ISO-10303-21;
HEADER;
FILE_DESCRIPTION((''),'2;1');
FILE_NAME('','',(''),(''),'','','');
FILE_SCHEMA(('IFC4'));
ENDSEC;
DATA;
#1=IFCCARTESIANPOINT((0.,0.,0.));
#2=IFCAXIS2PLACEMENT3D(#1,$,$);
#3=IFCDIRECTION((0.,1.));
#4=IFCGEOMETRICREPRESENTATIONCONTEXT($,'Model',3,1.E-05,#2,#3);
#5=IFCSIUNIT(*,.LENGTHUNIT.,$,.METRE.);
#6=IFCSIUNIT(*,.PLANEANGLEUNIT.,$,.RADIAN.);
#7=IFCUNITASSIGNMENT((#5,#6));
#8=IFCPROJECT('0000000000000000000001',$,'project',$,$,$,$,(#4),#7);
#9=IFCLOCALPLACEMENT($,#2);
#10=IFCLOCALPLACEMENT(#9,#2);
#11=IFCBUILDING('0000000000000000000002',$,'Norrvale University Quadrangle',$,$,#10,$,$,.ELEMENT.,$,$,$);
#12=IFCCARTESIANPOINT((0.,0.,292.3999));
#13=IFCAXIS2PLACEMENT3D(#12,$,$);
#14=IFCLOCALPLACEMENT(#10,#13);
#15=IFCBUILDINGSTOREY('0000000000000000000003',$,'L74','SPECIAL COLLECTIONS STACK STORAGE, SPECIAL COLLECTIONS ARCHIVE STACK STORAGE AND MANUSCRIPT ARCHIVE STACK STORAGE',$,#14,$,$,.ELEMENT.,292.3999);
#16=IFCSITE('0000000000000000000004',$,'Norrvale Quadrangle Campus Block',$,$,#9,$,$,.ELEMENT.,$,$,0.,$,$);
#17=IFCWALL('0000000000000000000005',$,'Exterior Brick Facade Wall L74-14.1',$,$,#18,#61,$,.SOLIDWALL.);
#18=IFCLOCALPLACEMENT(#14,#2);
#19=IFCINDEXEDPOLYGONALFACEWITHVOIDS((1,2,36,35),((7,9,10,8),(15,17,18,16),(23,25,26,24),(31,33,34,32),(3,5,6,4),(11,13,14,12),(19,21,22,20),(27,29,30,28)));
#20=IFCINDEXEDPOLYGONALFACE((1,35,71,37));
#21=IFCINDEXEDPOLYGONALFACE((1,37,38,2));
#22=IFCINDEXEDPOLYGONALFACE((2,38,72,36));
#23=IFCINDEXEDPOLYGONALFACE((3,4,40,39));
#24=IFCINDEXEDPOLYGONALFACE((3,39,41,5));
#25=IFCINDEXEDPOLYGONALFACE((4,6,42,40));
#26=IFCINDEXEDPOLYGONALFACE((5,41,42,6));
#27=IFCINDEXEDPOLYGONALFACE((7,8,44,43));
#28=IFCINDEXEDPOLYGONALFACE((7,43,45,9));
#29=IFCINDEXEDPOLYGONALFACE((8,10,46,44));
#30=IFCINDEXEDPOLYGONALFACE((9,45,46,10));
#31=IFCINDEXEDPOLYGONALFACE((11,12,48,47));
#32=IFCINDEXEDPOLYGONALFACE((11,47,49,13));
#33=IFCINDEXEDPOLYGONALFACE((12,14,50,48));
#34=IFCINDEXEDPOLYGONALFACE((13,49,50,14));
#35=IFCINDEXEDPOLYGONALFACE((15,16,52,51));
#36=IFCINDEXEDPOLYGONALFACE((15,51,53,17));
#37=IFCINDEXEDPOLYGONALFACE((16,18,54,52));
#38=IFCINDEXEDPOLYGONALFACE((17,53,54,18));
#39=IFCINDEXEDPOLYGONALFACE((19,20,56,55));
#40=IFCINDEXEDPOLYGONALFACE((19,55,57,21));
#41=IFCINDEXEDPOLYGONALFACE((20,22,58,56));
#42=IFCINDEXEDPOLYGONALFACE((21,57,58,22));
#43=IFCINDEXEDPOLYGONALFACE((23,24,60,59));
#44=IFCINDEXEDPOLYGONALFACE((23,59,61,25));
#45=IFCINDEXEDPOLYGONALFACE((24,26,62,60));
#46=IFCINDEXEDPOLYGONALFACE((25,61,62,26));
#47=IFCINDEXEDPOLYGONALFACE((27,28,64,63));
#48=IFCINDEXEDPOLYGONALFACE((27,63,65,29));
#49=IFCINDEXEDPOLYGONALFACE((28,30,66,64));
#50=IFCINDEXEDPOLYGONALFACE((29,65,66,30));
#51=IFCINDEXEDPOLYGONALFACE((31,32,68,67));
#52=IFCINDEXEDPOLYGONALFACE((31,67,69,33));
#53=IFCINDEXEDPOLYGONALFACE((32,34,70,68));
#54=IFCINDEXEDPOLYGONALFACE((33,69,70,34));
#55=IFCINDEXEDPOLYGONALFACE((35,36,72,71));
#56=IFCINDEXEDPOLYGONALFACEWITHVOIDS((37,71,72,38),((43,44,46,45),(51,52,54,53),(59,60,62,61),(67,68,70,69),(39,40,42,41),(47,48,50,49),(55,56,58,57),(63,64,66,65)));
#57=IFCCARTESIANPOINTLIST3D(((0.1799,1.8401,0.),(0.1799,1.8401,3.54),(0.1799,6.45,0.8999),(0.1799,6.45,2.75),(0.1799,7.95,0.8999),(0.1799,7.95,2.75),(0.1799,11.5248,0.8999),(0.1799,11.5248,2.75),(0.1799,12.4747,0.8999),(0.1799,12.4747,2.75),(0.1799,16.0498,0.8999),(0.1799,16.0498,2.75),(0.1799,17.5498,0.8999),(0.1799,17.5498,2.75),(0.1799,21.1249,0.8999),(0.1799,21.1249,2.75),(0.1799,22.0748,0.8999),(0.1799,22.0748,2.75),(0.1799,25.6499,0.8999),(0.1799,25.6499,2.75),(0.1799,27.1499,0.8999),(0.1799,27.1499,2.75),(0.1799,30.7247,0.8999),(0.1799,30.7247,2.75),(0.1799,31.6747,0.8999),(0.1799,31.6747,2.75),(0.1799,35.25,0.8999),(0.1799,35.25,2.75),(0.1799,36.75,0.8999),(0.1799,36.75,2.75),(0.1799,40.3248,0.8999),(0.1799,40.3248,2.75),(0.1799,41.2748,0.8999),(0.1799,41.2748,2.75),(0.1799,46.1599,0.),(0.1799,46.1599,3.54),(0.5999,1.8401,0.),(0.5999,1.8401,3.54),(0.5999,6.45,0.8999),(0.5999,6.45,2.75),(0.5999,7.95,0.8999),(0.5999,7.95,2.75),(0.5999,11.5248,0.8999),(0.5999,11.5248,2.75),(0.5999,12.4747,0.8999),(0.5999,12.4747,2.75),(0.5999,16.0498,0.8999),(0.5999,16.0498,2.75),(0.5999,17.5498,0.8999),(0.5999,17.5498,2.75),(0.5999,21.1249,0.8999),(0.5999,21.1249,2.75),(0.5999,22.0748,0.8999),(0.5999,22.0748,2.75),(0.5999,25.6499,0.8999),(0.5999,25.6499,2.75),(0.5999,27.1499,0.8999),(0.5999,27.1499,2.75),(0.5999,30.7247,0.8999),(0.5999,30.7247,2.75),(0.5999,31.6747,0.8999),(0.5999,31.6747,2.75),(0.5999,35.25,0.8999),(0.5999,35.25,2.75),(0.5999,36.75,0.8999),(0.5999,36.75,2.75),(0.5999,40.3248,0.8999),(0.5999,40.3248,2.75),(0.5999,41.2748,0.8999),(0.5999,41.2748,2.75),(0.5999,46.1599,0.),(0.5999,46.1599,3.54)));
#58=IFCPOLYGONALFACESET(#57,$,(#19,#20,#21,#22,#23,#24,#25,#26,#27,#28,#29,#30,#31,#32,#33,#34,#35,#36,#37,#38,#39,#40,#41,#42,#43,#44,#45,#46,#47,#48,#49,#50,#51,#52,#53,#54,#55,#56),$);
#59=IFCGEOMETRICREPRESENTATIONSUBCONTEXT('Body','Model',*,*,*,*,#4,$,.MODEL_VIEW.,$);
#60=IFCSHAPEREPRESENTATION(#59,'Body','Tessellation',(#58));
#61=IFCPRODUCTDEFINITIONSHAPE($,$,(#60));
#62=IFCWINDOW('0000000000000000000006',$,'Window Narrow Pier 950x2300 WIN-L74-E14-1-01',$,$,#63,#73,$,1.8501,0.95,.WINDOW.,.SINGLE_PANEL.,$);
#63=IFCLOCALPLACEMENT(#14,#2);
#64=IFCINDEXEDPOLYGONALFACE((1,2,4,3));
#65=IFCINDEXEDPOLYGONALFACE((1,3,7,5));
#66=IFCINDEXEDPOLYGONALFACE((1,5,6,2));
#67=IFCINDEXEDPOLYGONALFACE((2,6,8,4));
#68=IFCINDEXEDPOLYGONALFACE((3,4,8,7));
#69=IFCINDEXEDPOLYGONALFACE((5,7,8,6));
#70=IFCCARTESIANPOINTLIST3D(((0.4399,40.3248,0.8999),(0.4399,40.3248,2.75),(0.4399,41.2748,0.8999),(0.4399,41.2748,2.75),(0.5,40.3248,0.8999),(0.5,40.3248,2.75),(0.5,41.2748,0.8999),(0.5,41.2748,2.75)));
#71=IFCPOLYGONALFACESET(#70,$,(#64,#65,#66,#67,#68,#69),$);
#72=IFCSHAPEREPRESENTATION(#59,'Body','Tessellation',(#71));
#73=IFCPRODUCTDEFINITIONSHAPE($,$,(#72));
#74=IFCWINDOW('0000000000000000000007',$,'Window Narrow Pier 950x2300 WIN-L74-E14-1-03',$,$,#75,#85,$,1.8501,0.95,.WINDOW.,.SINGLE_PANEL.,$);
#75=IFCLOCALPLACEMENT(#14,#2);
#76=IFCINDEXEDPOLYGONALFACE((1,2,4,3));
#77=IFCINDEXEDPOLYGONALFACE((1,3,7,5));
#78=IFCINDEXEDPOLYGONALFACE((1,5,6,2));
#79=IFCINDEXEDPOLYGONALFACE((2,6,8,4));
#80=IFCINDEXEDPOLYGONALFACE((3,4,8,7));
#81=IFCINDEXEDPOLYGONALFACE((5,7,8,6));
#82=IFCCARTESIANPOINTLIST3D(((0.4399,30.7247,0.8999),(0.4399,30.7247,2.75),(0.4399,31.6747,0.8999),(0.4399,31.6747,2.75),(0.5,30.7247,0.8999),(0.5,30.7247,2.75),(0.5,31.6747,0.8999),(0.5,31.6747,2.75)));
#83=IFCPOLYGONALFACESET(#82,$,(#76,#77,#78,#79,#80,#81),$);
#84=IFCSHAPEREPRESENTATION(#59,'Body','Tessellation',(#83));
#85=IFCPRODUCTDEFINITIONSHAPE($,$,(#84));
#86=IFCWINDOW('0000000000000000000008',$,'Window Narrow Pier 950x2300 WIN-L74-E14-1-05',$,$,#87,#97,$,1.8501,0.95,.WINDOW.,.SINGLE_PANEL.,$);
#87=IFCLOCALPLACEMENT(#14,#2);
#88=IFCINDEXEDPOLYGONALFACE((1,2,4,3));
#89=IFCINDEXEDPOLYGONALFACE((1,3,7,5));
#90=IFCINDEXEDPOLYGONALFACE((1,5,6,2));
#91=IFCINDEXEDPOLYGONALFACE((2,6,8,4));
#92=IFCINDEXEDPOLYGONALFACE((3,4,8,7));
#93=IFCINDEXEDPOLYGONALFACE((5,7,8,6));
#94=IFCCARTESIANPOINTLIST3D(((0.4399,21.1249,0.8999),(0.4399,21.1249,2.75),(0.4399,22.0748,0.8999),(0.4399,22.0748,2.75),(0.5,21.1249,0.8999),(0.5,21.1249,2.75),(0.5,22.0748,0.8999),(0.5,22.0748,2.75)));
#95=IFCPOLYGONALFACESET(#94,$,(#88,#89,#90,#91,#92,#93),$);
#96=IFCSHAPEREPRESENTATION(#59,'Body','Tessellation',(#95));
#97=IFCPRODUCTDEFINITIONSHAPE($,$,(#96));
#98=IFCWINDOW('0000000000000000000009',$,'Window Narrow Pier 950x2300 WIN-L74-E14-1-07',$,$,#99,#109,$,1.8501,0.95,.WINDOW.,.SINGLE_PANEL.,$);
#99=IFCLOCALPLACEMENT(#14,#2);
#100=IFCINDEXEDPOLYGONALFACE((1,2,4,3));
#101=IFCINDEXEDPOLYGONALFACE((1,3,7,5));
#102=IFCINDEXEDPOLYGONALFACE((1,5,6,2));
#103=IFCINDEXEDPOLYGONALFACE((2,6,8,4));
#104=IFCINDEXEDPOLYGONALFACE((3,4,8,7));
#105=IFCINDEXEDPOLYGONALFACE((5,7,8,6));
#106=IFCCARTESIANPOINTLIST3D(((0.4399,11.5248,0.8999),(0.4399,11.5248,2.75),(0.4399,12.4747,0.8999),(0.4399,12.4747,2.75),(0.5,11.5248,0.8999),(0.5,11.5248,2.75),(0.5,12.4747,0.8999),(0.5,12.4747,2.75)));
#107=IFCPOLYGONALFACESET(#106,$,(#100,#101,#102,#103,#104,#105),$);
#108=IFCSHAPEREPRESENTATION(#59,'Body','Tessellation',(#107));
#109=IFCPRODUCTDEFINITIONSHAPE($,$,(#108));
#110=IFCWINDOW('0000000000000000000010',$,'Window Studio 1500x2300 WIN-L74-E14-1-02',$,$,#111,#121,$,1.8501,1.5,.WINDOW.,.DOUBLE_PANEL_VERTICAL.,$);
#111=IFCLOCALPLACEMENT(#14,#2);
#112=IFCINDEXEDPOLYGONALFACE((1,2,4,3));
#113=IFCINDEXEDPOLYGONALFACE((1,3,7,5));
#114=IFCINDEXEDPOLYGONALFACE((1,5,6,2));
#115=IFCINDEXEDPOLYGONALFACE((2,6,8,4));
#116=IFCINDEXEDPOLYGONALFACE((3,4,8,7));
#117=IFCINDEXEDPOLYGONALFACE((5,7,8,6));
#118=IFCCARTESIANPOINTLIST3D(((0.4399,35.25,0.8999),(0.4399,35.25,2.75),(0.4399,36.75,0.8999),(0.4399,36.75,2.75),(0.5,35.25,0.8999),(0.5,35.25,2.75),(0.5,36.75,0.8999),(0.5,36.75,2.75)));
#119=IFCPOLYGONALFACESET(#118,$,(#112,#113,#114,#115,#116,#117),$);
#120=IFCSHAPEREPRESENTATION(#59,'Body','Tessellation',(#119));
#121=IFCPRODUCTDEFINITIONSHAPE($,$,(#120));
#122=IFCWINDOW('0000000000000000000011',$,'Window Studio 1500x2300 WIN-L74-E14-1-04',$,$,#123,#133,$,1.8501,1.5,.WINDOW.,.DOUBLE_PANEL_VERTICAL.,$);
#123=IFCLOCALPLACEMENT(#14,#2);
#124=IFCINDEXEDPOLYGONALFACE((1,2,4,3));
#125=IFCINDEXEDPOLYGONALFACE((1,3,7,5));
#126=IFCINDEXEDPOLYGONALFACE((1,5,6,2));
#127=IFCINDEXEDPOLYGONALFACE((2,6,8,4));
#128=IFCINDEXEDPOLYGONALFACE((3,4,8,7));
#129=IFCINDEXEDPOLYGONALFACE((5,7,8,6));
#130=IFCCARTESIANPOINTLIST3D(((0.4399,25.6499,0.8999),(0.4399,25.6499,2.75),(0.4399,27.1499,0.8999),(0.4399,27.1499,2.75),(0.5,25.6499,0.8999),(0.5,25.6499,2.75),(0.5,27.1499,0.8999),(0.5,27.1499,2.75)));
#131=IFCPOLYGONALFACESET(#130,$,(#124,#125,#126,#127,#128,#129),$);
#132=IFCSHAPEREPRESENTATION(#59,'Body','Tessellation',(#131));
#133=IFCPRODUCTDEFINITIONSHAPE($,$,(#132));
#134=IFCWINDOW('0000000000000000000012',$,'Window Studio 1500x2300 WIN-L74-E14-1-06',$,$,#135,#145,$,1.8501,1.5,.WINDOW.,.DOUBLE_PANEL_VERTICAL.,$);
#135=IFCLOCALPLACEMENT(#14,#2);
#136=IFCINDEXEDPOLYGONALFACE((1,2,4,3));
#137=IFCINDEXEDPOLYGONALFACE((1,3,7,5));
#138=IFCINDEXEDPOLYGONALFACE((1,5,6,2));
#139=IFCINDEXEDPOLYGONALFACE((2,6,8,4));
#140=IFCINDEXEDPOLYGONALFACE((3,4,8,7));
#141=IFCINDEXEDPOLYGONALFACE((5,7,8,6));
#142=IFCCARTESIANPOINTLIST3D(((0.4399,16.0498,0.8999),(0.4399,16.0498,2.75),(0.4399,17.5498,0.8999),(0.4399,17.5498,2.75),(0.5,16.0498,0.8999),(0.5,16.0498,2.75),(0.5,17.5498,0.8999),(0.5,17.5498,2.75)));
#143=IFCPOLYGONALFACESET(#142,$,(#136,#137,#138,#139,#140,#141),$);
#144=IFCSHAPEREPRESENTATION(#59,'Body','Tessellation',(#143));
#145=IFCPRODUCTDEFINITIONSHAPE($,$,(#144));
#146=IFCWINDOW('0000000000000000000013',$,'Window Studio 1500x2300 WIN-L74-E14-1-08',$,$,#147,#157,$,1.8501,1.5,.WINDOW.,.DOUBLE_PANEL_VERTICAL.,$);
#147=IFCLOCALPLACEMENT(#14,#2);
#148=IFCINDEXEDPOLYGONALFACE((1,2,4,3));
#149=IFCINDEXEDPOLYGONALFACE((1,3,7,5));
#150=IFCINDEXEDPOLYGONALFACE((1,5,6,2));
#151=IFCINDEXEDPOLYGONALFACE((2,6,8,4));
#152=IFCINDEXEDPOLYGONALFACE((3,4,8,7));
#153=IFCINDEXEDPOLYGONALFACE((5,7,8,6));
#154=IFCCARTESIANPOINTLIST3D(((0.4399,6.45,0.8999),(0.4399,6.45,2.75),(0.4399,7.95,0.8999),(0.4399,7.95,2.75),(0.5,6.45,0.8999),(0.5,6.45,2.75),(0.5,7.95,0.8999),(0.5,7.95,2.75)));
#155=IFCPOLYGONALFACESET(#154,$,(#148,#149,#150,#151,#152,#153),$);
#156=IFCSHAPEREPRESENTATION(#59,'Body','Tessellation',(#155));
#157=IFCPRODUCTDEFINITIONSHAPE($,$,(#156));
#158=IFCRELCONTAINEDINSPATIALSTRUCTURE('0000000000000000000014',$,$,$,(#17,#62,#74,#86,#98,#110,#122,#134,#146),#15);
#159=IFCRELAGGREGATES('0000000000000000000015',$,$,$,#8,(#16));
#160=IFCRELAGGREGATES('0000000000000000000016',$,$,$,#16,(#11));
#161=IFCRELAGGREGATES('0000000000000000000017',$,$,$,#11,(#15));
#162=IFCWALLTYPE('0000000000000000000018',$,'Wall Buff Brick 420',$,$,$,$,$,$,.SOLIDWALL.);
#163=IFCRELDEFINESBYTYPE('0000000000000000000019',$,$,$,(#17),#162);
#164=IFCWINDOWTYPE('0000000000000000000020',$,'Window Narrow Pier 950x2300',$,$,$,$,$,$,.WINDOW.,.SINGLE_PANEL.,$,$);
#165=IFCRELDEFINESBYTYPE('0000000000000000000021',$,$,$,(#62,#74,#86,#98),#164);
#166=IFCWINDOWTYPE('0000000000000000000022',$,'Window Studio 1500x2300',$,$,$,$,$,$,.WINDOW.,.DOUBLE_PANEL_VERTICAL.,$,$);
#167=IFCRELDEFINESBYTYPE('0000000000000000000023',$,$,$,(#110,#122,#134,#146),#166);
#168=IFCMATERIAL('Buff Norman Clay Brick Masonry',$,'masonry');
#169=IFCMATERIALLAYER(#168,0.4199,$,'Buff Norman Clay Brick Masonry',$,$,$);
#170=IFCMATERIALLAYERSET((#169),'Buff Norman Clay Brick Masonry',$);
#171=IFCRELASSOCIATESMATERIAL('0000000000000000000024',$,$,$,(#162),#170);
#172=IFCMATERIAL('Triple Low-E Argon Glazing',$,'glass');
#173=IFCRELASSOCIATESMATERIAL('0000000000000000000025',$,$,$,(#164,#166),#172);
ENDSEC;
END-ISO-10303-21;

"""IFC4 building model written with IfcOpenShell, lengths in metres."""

from ifc_helpers import new_model, si_unit, direction, frame, frame_2d, origin, place, context, subcontext, project, spatial, rectangle, extrude, material, layer, layer_set, type_object, element, fill, save


model = new_model("IFC4")

# Units and contexts
model_context = context("Model", 3, precision=1e-05, world=origin(), true_north=direction((0.0, 1.0)))
body_context = subcontext(model_context, "Body", "Model", "MODEL_VIEW")
ifc_project = project(units=[si_unit("LENGTHUNIT", "METRE"), si_unit("PLANEANGLEUNIT", "RADIAN")], contexts=[model_context])

# Site, building, storey
site_placement = place(None, origin())
site = spatial("IfcSite", under=ifc_project, at=site_placement, Name="Norrvale Quadrangle Campus Block", CompositionType="ELEMENT", RefElevation=0.0)
building_placement = place(site_placement, origin())
building = spatial("IfcBuilding", under=site, at=building_placement, Name="Norrvale University Quadrangle", CompositionType="ELEMENT")
storey_placement = place(building_placement, frame((0.0, 0.0, 292.3999)))
storey = spatial("IfcBuildingStorey", under=building, at=storey_placement, Name="L74", Description="SPECIAL COLLECTIONS STACK STORAGE, SPECIAL COLLECTIONS ARCHIVE STACK STORAGE AND MANUSCRIPT ARCHIVE STACK STORAGE", CompositionType="ELEMENT", Elevation=292.3999)

# Shared definitions
ifc_material_1 = material(Name="Buff Norman Clay Brick Masonry", Category="masonry")
ifc_layer_1 = layer(ifc_material_1, 0.4199, Name="Buff Norman Clay Brick Masonry")
ifc_layer_set_1 = layer_set([ifc_layer_1], Name="Buff Norman Clay Brick Masonry")
wall_type_1 = type_object("IfcWallType", Name="Wall Buff Brick 420", PredefinedType="SOLIDWALL", material=ifc_layer_set_1)

# Wall, openings, windows
wall_1_placement = place(storey_placement, frame((0.3899, 46.1599, 0.0), z_axis=(0.0, 0.0, 1.0), x_axis=(0.0, -1.0, 0.0)))
wall_1 = element("IfcWall", 1, at=wall_1_placement, inside=storey, type_object=wall_type_1, Name="Exterior Brick Facade Wall L74-14.1", PredefinedType="SOLIDWALL", context=body_context, shape_type="SweptSolid", body=[
    extrude(rectangle(XDim=44.3198, YDim=0.4199, at=frame_2d((22.1599, 0.0))), origin(), (0.0, 0.0, 1.0), 3.54),
])
opening_1_placement = place(wall_1_placement, frame((4.885, 0.0, 0.8999)))
opening_1 = element("IfcOpeningElement", 2, at=opening_1_placement, cuts=wall_1, PredefinedType="OPENING", context=body_context, shape_type="SweptSolid", body=[
    extrude(rectangle(XDim=0.95, YDim=1.8501, at=frame_2d((0.4751, 0.925))), frame((0.0, 0.2219, 0.0), z_axis=(0.0, -1.0, 0.0), x_axis=(1.0, 0.0, 0.0)), (0.0, 0.0, 1.0), 0.4438),
])
opening_2_placement = place(wall_1_placement, frame((9.4099, 0.0, 0.8999)))
opening_2 = element("IfcOpeningElement", 3, at=opening_2_placement, cuts=wall_1, PredefinedType="OPENING", context=body_context, shape_type="SweptSolid", body=[
    extrude(rectangle(XDim=1.5, YDim=1.8501, at=frame_2d((0.75, 0.925))), frame((0.0, 0.2219, 0.0), z_axis=(0.0, -1.0, 0.0), x_axis=(1.0, 0.0, 0.0)), (0.0, 0.0, 1.0), 0.4438),
])
opening_3_placement = place(wall_1_placement, frame((14.4851, 0.0, 0.8999)))
opening_3 = element("IfcOpeningElement", 4, at=opening_3_placement, cuts=wall_1, PredefinedType="OPENING", context=body_context, shape_type="SweptSolid", body=[
    extrude(rectangle(XDim=0.95, YDim=1.8501, at=frame_2d((0.4751, 0.925))), frame((0.0, 0.2219, 0.0), z_axis=(0.0, -1.0, 0.0), x_axis=(1.0, 0.0, 0.0)), (0.0, 0.0, 1.0), 0.4438),
])
opening_4_placement = place(wall_1_placement, frame((19.01, 0.0, 0.8999)))
opening_4 = element("IfcOpeningElement", 5, at=opening_4_placement, cuts=wall_1, PredefinedType="OPENING", context=body_context, shape_type="SweptSolid", body=[
    extrude(rectangle(XDim=1.5, YDim=1.8501, at=frame_2d((0.75, 0.925))), frame((0.0, 0.2219, 0.0), z_axis=(0.0, -1.0, 0.0), x_axis=(1.0, 0.0, 0.0)), (0.0, 0.0, 1.0), 0.4438),
])
opening_5_placement = place(wall_1_placement, frame((24.085, 0.0, 0.8999)))
opening_5 = element("IfcOpeningElement", 6, at=opening_5_placement, cuts=wall_1, PredefinedType="OPENING", context=body_context, shape_type="SweptSolid", body=[
    extrude(rectangle(XDim=0.95, YDim=1.8501, at=frame_2d((0.4751, 0.925))), frame((0.0, 0.2219, 0.0), z_axis=(0.0, -1.0, 0.0), x_axis=(1.0, 0.0, 0.0)), (0.0, 0.0, 1.0), 0.4438),
])
opening_6_placement = place(wall_1_placement, frame((28.6101, 0.0, 0.8999)))
opening_6 = element("IfcOpeningElement", 7, at=opening_6_placement, cuts=wall_1, PredefinedType="OPENING", context=body_context, shape_type="SweptSolid", body=[
    extrude(rectangle(XDim=1.5, YDim=1.8501, at=frame_2d((0.75, 0.925))), frame((0.0, 0.2219, 0.0), z_axis=(0.0, -1.0, 0.0), x_axis=(1.0, 0.0, 0.0)), (0.0, 0.0, 1.0), 0.4438),
])
opening_7_placement = place(wall_1_placement, frame((33.6851, 0.0, 0.8999)))
opening_7 = element("IfcOpeningElement", 8, at=opening_7_placement, cuts=wall_1, PredefinedType="OPENING", context=body_context, shape_type="SweptSolid", body=[
    extrude(rectangle(XDim=0.95, YDim=1.8501, at=frame_2d((0.4751, 0.925))), frame((0.0, 0.2219, 0.0), z_axis=(0.0, -1.0, 0.0), x_axis=(1.0, 0.0, 0.0)), (0.0, 0.0, 1.0), 0.4438),
])
opening_8_placement = place(wall_1_placement, frame((38.21, 0.0, 0.8999)))
opening_8 = element("IfcOpeningElement", 9, at=opening_8_placement, cuts=wall_1, PredefinedType="OPENING", context=body_context, shape_type="SweptSolid", body=[
    extrude(rectangle(XDim=1.5, YDim=1.8501, at=frame_2d((0.75, 0.925))), frame((0.0, 0.2219, 0.0), z_axis=(0.0, -1.0, 0.0), x_axis=(1.0, 0.0, 0.0)), (0.0, 0.0, 1.0), 0.4438),
])
ifc_material_2 = material(Name="Triple Low-E Argon Glazing", Category="glass")
window_type_1 = type_object("IfcWindowType", Name="Window Narrow Pier 950x2300", PartitioningType="SINGLE_PANEL", PredefinedType="WINDOW", material=ifc_material_2)
window_1_placement = place(opening_1_placement, origin())
window_1 = element("IfcWindow", 10, at=window_1_placement, inside=storey, type_object=window_type_1, Name="Window Narrow Pier 950x2300 WIN-L74-E14-1-01", OverallHeight=1.8501, OverallWidth=0.95, PartitioningType="SINGLE_PANEL", PredefinedType="WINDOW", context=body_context, shape_type="SweptSolid", body=[
    extrude(rectangle(XDim=0.95, YDim=1.8501, at=frame_2d((0.4751, 0.925))), frame((0.0, 0.1101, 0.0), z_axis=(0.0, -1.0, 0.0), x_axis=(1.0, 0.0, 0.0)), (0.0, 0.0, 1.0), 0.0601),
])
fill(opening_1, window_1)
window_2_placement = place(opening_3_placement, origin())
window_2 = element("IfcWindow", 11, at=window_2_placement, inside=storey, type_object=window_type_1, Name="Window Narrow Pier 950x2300 WIN-L74-E14-1-03", OverallHeight=1.8501, OverallWidth=0.95, PartitioningType="SINGLE_PANEL", PredefinedType="WINDOW", context=body_context, shape_type="SweptSolid", body=[
    extrude(rectangle(XDim=0.95, YDim=1.8501, at=frame_2d((0.4751, 0.925))), frame((0.0, 0.1101, 0.0), z_axis=(0.0, -1.0, 0.0), x_axis=(1.0, 0.0, 0.0)), (0.0, 0.0, 1.0), 0.0601),
])
fill(opening_3, window_2)
window_3_placement = place(opening_5_placement, origin())
window_3 = element("IfcWindow", 12, at=window_3_placement, inside=storey, type_object=window_type_1, Name="Window Narrow Pier 950x2300 WIN-L74-E14-1-05", OverallHeight=1.8501, OverallWidth=0.95, PartitioningType="SINGLE_PANEL", PredefinedType="WINDOW", context=body_context, shape_type="SweptSolid", body=[
    extrude(rectangle(XDim=0.95, YDim=1.8501, at=frame_2d((0.4751, 0.925))), frame((0.0, 0.1101, 0.0), z_axis=(0.0, -1.0, 0.0), x_axis=(1.0, 0.0, 0.0)), (0.0, 0.0, 1.0), 0.0601),
])
fill(opening_5, window_3)
window_4_placement = place(opening_7_placement, origin())
window_4 = element("IfcWindow", 13, at=window_4_placement, inside=storey, type_object=window_type_1, Name="Window Narrow Pier 950x2300 WIN-L74-E14-1-07", OverallHeight=1.8501, OverallWidth=0.95, PartitioningType="SINGLE_PANEL", PredefinedType="WINDOW", context=body_context, shape_type="SweptSolid", body=[
    extrude(rectangle(XDim=0.95, YDim=1.8501, at=frame_2d((0.4751, 0.925))), frame((0.0, 0.1101, 0.0), z_axis=(0.0, -1.0, 0.0), x_axis=(1.0, 0.0, 0.0)), (0.0, 0.0, 1.0), 0.0601),
])
fill(opening_7, window_4)
window_type_2 = type_object("IfcWindowType", Name="Window Studio 1500x2300", PartitioningType="DOUBLE_PANEL_VERTICAL", PredefinedType="WINDOW", material=ifc_material_2)
window_5_placement = place(opening_2_placement, origin())
window_5 = element("IfcWindow", 14, at=window_5_placement, inside=storey, type_object=window_type_2, Name="Window Studio 1500x2300 WIN-L74-E14-1-02", OverallHeight=1.8501, OverallWidth=1.5, PartitioningType="DOUBLE_PANEL_VERTICAL", PredefinedType="WINDOW", context=body_context, shape_type="SweptSolid", body=[
    extrude(rectangle(XDim=1.5, YDim=1.8501, at=frame_2d((0.75, 0.925))), frame((0.0, 0.1101, 0.0), z_axis=(0.0, -1.0, 0.0), x_axis=(1.0, 0.0, 0.0)), (0.0, 0.0, 1.0), 0.0601),
])
fill(opening_2, window_5)
window_6_placement = place(opening_4_placement, origin())
window_6 = element("IfcWindow", 15, at=window_6_placement, inside=storey, type_object=window_type_2, Name="Window Studio 1500x2300 WIN-L74-E14-1-04", OverallHeight=1.8501, OverallWidth=1.5, PartitioningType="DOUBLE_PANEL_VERTICAL", PredefinedType="WINDOW", context=body_context, shape_type="SweptSolid", body=[
    extrude(rectangle(XDim=1.5, YDim=1.8501, at=frame_2d((0.75, 0.925))), frame((0.0, 0.1101, 0.0), z_axis=(0.0, -1.0, 0.0), x_axis=(1.0, 0.0, 0.0)), (0.0, 0.0, 1.0), 0.0601),
])
fill(opening_4, window_6)
window_7_placement = place(opening_6_placement, origin())
window_7 = element("IfcWindow", 16, at=window_7_placement, inside=storey, type_object=window_type_2, Name="Window Studio 1500x2300 WIN-L74-E14-1-06", OverallHeight=1.8501, OverallWidth=1.5, PartitioningType="DOUBLE_PANEL_VERTICAL", PredefinedType="WINDOW", context=body_context, shape_type="SweptSolid", body=[
    extrude(rectangle(XDim=1.5, YDim=1.8501, at=frame_2d((0.75, 0.925))), frame((0.0, 0.1101, 0.0), z_axis=(0.0, -1.0, 0.0), x_axis=(1.0, 0.0, 0.0)), (0.0, 0.0, 1.0), 0.0601),
])
fill(opening_6, window_7)
window_8_placement = place(opening_8_placement, origin())
window_8 = element("IfcWindow", 17, at=window_8_placement, inside=storey, type_object=window_type_2, Name="Window Studio 1500x2300 WIN-L74-E14-1-08", OverallHeight=1.8501, OverallWidth=1.5, PartitioningType="DOUBLE_PANEL_VERTICAL", PredefinedType="WINDOW", context=body_context, shape_type="SweptSolid", body=[
    extrude(rectangle(XDim=1.5, YDim=1.8501, at=frame_2d((0.75, 0.925))), frame((0.0, 0.1101, 0.0), z_axis=(0.0, -1.0, 0.0), x_axis=(1.0, 0.0, 0.0)), (0.0, 0.0, 1.0), 0.0601),
])
fill(opening_8, window_8)

save(model, "model.ifc")
